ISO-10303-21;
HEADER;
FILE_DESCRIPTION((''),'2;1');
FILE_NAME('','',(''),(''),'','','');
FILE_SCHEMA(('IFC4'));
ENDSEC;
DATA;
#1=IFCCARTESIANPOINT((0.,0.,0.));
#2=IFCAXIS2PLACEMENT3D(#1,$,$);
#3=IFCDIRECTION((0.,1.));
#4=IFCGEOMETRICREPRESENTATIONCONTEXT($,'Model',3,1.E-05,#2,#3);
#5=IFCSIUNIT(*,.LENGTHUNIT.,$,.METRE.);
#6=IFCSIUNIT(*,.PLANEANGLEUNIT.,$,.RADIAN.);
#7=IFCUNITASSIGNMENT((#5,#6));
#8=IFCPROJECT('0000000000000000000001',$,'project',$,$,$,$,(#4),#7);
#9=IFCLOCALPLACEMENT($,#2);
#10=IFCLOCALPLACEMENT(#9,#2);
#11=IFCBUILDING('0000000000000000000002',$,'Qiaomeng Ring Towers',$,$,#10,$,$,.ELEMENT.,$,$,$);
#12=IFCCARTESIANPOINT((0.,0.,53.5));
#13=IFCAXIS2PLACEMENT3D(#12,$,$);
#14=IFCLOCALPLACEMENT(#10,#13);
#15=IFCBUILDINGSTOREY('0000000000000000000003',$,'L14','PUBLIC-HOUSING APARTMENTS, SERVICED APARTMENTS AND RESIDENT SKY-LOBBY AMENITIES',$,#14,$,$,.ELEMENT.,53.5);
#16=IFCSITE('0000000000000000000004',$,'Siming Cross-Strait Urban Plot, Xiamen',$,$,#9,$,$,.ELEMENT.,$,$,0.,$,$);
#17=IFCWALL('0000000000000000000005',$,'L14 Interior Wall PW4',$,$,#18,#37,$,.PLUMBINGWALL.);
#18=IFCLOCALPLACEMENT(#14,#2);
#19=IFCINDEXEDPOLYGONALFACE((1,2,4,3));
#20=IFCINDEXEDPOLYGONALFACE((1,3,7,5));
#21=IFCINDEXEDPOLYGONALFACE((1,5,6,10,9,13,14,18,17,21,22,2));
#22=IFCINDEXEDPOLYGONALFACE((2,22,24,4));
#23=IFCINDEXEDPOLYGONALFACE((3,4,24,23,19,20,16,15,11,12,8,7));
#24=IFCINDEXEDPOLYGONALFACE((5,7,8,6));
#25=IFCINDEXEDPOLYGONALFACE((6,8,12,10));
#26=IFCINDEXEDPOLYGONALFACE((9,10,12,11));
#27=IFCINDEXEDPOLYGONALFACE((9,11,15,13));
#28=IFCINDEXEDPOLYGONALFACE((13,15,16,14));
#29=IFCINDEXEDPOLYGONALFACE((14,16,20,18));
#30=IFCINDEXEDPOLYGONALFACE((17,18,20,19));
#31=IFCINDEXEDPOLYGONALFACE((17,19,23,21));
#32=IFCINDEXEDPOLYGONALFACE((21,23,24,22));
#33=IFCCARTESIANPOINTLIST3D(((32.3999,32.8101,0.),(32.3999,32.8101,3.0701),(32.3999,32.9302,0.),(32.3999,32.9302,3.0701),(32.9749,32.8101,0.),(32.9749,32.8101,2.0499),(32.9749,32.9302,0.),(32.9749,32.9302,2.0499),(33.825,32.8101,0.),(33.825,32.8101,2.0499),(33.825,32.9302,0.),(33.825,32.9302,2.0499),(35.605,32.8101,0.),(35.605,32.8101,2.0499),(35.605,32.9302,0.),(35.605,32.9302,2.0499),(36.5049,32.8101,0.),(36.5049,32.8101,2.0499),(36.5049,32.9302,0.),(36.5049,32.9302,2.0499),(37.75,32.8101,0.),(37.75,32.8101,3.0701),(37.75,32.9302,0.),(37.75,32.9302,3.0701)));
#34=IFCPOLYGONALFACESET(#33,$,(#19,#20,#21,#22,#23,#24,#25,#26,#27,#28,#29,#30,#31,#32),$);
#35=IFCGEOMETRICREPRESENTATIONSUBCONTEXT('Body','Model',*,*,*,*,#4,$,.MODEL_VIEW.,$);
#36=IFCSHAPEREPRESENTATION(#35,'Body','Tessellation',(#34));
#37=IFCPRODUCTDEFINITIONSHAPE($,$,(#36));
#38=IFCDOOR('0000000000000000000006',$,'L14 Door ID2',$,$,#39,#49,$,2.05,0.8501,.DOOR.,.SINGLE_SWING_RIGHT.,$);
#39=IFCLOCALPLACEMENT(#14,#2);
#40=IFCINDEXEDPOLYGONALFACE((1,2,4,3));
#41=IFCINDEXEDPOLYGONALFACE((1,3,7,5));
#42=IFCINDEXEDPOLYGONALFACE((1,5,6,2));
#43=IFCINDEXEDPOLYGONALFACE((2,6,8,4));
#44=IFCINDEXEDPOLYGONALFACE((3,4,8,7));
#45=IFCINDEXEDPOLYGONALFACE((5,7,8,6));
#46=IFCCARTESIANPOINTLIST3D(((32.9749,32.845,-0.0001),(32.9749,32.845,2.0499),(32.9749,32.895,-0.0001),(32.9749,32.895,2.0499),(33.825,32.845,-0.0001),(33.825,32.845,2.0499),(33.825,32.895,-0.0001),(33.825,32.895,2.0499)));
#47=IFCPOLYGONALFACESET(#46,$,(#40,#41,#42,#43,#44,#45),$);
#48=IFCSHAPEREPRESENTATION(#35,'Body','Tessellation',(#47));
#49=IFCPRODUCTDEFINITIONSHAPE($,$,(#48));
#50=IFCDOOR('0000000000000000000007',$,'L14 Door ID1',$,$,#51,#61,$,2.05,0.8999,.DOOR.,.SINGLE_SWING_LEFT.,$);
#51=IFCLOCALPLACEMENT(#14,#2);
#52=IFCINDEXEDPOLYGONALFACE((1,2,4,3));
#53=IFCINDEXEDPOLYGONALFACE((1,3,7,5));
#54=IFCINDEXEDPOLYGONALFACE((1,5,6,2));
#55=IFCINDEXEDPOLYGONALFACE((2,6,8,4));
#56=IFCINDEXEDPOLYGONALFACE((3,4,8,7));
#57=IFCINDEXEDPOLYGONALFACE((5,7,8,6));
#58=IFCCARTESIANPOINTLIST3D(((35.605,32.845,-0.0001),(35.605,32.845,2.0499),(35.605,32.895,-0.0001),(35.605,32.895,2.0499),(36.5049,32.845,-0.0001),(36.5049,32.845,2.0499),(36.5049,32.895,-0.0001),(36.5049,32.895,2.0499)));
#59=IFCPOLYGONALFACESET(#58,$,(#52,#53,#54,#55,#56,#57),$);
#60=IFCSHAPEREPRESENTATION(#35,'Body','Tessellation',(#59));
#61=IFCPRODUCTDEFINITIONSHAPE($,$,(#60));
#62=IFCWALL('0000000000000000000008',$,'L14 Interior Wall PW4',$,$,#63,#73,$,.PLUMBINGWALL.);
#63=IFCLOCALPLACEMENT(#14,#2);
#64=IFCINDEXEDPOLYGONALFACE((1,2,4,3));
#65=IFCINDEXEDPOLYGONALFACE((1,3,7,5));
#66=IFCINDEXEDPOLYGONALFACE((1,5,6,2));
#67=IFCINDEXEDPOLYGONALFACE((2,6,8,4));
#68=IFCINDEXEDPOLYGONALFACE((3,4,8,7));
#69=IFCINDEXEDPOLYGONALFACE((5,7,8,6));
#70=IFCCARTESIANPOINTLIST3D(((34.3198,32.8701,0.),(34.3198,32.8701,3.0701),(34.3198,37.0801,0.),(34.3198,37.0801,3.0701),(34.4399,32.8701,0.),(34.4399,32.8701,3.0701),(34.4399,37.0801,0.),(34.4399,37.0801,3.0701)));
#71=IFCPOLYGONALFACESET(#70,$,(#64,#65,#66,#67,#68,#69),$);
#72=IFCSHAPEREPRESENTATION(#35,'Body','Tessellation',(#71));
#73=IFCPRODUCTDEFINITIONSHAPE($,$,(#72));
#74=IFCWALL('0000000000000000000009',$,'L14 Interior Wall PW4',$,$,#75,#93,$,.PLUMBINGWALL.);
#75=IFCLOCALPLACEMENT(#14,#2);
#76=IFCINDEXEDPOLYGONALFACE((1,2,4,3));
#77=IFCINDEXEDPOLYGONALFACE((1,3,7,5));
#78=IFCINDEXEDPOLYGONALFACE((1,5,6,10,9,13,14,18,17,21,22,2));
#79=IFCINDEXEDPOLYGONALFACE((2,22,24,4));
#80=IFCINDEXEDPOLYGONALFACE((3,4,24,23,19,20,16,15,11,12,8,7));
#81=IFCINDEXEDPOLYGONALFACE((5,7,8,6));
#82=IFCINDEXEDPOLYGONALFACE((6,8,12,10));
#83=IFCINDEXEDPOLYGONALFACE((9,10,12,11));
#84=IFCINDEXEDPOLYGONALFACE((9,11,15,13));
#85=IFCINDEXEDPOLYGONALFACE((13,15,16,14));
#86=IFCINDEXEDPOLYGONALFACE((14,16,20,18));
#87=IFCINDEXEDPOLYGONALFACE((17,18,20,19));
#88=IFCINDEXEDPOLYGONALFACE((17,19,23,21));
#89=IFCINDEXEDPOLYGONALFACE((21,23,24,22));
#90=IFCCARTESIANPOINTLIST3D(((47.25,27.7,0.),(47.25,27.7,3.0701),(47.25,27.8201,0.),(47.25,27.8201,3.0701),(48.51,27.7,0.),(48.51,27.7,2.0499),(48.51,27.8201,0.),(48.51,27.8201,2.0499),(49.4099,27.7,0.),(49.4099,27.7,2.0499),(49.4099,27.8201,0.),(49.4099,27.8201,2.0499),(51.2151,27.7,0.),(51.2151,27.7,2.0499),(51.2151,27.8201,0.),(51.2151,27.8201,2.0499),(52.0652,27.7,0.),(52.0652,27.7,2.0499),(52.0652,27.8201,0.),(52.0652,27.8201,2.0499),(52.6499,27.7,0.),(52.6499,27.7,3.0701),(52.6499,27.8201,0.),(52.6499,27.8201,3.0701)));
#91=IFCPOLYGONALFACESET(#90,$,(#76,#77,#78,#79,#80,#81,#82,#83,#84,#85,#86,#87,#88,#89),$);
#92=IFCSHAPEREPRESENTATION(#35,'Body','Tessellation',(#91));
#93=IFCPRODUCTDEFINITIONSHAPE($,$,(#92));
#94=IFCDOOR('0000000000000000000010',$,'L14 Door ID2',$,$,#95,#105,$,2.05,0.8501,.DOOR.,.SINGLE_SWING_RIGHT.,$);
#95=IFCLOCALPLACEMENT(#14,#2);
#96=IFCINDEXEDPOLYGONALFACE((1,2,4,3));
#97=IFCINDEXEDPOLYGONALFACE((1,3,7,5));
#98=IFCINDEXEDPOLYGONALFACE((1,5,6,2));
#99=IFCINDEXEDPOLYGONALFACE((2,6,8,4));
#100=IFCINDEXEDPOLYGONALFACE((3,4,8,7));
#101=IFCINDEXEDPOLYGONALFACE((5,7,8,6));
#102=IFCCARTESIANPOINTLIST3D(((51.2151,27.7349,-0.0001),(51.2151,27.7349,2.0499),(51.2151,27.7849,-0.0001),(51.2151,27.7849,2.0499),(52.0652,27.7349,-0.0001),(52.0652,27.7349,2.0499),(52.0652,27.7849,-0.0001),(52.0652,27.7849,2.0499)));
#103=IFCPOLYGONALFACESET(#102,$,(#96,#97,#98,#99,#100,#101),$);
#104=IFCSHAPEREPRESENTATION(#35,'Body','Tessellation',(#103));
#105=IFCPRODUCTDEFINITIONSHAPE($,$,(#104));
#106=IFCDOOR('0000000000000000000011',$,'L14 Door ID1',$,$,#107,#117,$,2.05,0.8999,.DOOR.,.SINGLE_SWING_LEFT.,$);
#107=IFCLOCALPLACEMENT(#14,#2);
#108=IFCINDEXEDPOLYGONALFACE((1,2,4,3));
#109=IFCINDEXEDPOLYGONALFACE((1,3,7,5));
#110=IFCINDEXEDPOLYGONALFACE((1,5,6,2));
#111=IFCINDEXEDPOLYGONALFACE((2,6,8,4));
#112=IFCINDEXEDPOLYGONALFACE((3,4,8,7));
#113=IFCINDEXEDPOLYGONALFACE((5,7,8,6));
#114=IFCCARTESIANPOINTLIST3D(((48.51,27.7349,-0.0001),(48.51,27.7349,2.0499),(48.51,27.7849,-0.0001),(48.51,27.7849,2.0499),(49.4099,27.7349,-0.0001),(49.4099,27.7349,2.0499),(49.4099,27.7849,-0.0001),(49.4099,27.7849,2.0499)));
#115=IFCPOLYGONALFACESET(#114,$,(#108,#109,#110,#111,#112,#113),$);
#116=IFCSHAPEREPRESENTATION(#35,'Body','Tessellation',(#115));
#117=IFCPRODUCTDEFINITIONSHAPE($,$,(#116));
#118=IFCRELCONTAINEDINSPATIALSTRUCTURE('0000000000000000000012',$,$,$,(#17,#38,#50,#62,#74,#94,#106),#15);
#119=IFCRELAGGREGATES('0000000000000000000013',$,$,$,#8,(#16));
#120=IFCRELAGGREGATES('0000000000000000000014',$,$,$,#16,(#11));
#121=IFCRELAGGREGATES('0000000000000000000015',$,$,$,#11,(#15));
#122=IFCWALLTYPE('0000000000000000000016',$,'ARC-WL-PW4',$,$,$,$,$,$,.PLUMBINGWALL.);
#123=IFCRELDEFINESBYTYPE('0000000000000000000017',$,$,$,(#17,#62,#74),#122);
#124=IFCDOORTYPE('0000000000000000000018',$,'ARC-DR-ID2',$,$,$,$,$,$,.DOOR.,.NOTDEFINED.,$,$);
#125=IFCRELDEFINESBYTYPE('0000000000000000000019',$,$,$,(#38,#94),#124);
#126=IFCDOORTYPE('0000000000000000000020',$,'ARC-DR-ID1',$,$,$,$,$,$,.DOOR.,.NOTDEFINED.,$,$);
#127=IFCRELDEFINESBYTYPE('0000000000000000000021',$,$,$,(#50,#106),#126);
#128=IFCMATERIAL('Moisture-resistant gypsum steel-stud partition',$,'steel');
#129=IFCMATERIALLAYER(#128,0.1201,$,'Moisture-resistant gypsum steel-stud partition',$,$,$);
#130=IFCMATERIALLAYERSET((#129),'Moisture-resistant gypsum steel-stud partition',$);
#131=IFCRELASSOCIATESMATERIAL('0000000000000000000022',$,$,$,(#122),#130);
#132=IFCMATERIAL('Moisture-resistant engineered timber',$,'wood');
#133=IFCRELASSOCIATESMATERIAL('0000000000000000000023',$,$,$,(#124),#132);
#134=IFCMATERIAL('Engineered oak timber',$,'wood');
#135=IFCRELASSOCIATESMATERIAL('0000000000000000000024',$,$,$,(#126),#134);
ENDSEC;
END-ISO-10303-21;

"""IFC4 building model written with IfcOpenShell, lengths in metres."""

from ifc_helpers import new_model, si_unit, direction, frame, frame_2d, origin, place, context, subcontext, project, spatial, rectangle, extrude, source, transform, mapped, material, layer, layer_set, type_object, element, fill, save


model = new_model("IFC4")

# Units and contexts
model_context = context("Model", 3, precision=1e-05, world=origin(), true_north=direction((0.0, 1.0)))
body_context = subcontext(model_context, "Body", "Model", "MODEL_VIEW")
ifc_project = project(units=[si_unit("LENGTHUNIT", "METRE"), si_unit("PLANEANGLEUNIT", "RADIAN")], contexts=[model_context])

# Site, building, storey
site_placement = place(None, origin())
site = spatial("IfcSite", under=ifc_project, at=site_placement, Name="Siming Cross-Strait Urban Plot, Xiamen", CompositionType="ELEMENT", RefElevation=0.0)
building_placement = place(site_placement, origin())
building = spatial("IfcBuilding", under=site, at=building_placement, Name="Qiaomeng Ring Towers", CompositionType="ELEMENT")
storey_placement = place(building_placement, frame((0.0, 0.0, 53.5)))
storey = spatial("IfcBuildingStorey", under=building, at=storey_placement, Name="L14", Description="PUBLIC-HOUSING APARTMENTS, SERVICED APARTMENTS AND RESIDENT SKY-LOBBY AMENITIES", CompositionType="ELEMENT", Elevation=53.5)

# Shared definitions
ifc_material_1 = material(Name="Moisture-resistant gypsum steel-stud partition", Category="steel")
ifc_layer_1 = layer(ifc_material_1, 0.1201, Name="Moisture-resistant gypsum steel-stud partition")
ifc_layer_set_1 = layer_set([ifc_layer_1], Name="Moisture-resistant gypsum steel-stud partition")
wall_type_1 = type_object("IfcWallType", Name="ARC-WL-PW4", PredefinedType="PLUMBINGWALL", material=ifc_layer_set_1)
ifc_material_2 = material(Name="Moisture-resistant engineered timber", Category="wood")
door_type_1 = type_object("IfcDoorType", Name="ARC-DR-ID2", OperationType="NOTDEFINED", PredefinedType="DOOR", material=ifc_material_2)
shared_shape_1 = source(origin(), body_context, "Body", "SweptSolid", [
    extrude(rectangle(XDim=0.8501, YDim=2.05, at=frame_2d((0.425, 1.0249))), frame((0.0, 0.0249, 0.0), z_axis=(0.0, -1.0, 0.0), x_axis=(1.0, 0.0, 0.0)), (0.0, 0.0, 1.0), 0.05),
])
ifc_material_3 = material(Name="Engineered oak timber", Category="wood")
door_type_2 = type_object("IfcDoorType", Name="ARC-DR-ID1", OperationType="NOTDEFINED", PredefinedType="DOOR", material=ifc_material_3)
shared_shape_2 = source(origin(), body_context, "Body", "SweptSolid", [
    extrude(rectangle(XDim=0.8999, YDim=2.05, at=frame_2d((0.45, 1.0249))), frame((0.0, 0.0249, 0.0), z_axis=(0.0, -1.0, 0.0), x_axis=(1.0, 0.0, 0.0)), (0.0, 0.0, 1.0), 0.05),
])

# Wall, openings, doors
wall_1_placement = place(storey_placement, frame((32.3999, 32.8701, 0.0), z_axis=(0.0, 0.0, 1.0), x_axis=(1.0, 0.0, 0.0)))
wall_1 = element("IfcWall", 1, at=wall_1_placement, inside=storey, type_object=wall_type_1, Name="L14 Interior Wall PW4", PredefinedType="PLUMBINGWALL", context=body_context, shape_type="SweptSolid", body=[
    extrude(rectangle(XDim=5.3501, YDim=0.1201, at=frame_2d((2.675, 0.0))), origin(), (0.0, 0.0, 1.0), 3.0701),
])
opening_1_placement = place(wall_1_placement, frame((0.575, 0.0, 0.0)))
opening_1 = element("IfcOpeningElement", 2, at=opening_1_placement, cuts=wall_1, PredefinedType="OPENING", context=body_context, shape_type="SweptSolid", body=[
    extrude(rectangle(XDim=0.8501, YDim=2.05, at=frame_2d((0.425, 1.0249))), frame((0.0, 0.0701, 0.0), z_axis=(0.0, -1.0, 0.0), x_axis=(1.0, 0.0, 0.0)), (0.0, 0.0, 1.0), 0.1401),
])
opening_2_placement = place(wall_1_placement, frame((3.2051, 0.0, 0.0)))
opening_2 = element("IfcOpeningElement", 3, at=opening_2_placement, cuts=wall_1, PredefinedType="OPENING", context=body_context, shape_type="SweptSolid", body=[
    extrude(rectangle(XDim=0.8999, YDim=2.05, at=frame_2d((0.45, 1.0249))), frame((0.0, 0.0701, 0.0), z_axis=(0.0, -1.0, 0.0), x_axis=(1.0, 0.0, 0.0)), (0.0, 0.0, 1.0), 0.1401),
])
door_1_placement = place(opening_1_placement, origin())
door_1 = element("IfcDoor", 4, at=door_1_placement, inside=storey, type_object=door_type_1, Name="L14 Door ID2", OperationType="SINGLE_SWING_RIGHT", OverallHeight=2.05, OverallWidth=0.8501, PredefinedType="DOOR", context=body_context, shape_type="MappedRepresentation", body=[
    mapped(shared_shape_1, transform((0.0, 0.0, 0.0), x_axis=(1.0, 0.0, 0.0), y_axis=(0.0, 1.0, 0.0), z_axis=(0.0, 0.0, 1.0), scale=1.0)),
])
fill(opening_1, door_1)
door_2_placement = place(opening_2_placement, origin())
door_2 = element("IfcDoor", 5, at=door_2_placement, inside=storey, type_object=door_type_2, Name="L14 Door ID1", OperationType="SINGLE_SWING_LEFT", OverallHeight=2.05, OverallWidth=0.8999, PredefinedType="DOOR", context=body_context, shape_type="MappedRepresentation", body=[
    mapped(shared_shape_2, transform((0.0, 0.0, 0.0), x_axis=(1.0, 0.0, 0.0), y_axis=(0.0, 1.0, 0.0), z_axis=(0.0, 0.0, 1.0), scale=1.0)),
])
fill(opening_2, door_2)

# Wall
wall_2_placement = place(storey_placement, frame((34.3799, 32.8701, 0.0), z_axis=(0.0, 0.0, 1.0), x_axis=(0.0, 1.0, 0.0)))
element("IfcWall", 6, at=wall_2_placement, inside=storey, type_object=wall_type_1, Name="L14 Interior Wall PW4", PredefinedType="PLUMBINGWALL", context=body_context, shape_type="SweptSolid", body=[
    extrude(rectangle(XDim=4.21, YDim=0.1201, at=frame_2d((2.105, 0.0))), origin(), (0.0, 0.0, 1.0), 3.0701),
])

# Wall, openings, doors
wall_3_placement = place(storey_placement, frame((47.25, 27.76, 0.0), z_axis=(0.0, 0.0, 1.0), x_axis=(1.0, 0.0, 0.0)))
wall_3 = element("IfcWall", 7, at=wall_3_placement, inside=storey, type_object=wall_type_1, Name="L14 Interior Wall PW4", PredefinedType="PLUMBINGWALL", context=body_context, shape_type="SweptSolid", body=[
    extrude(rectangle(XDim=5.3999, YDim=0.1201, at=frame_2d((2.7, 0.0))), origin(), (0.0, 0.0, 1.0), 3.0701),
])
opening_3_placement = place(wall_3_placement, frame((1.26, 0.0, 0.0)))
opening_3 = element("IfcOpeningElement", 8, at=opening_3_placement, cuts=wall_3, PredefinedType="OPENING", context=body_context, shape_type="SweptSolid", body=[
    extrude(rectangle(XDim=0.8999, YDim=2.05, at=frame_2d((0.45, 1.0249))), frame((0.0, 0.0701, 0.0), z_axis=(0.0, -1.0, 0.0), x_axis=(1.0, 0.0, 0.0)), (0.0, 0.0, 1.0), 0.1401),
])
opening_4_placement = place(wall_3_placement, frame((3.9651, 0.0, 0.0)))
opening_4 = element("IfcOpeningElement", 9, at=opening_4_placement, cuts=wall_3, PredefinedType="OPENING", context=body_context, shape_type="SweptSolid", body=[
    extrude(rectangle(XDim=0.8501, YDim=2.05, at=frame_2d((0.425, 1.0249))), frame((0.0, 0.0701, 0.0), z_axis=(0.0, -1.0, 0.0), x_axis=(1.0, 0.0, 0.0)), (0.0, 0.0, 1.0), 0.1401),
])
door_3_placement = place(opening_4_placement, origin())
door_3 = element("IfcDoor", 10, at=door_3_placement, inside=storey, type_object=door_type_1, Name="L14 Door ID2", OperationType="SINGLE_SWING_RIGHT", OverallHeight=2.05, OverallWidth=0.8501, PredefinedType="DOOR", context=body_context, shape_type="MappedRepresentation", body=[
    mapped(shared_shape_1, transform((0.0, 0.0, 0.0), x_axis=(1.0, 0.0, 0.0), y_axis=(0.0, 1.0, 0.0), z_axis=(0.0, 0.0, 1.0), scale=1.0)),
])
fill(opening_4, door_3)
door_4_placement = place(opening_3_placement, origin())
door_4 = element("IfcDoor", 11, at=door_4_placement, inside=storey, type_object=door_type_2, Name="L14 Door ID1", OperationType="SINGLE_SWING_LEFT", OverallHeight=2.05, OverallWidth=0.8999, PredefinedType="DOOR", context=body_context, shape_type="MappedRepresentation", body=[
    mapped(shared_shape_2, transform((0.0, 0.0, 0.0), x_axis=(1.0, 0.0, 0.0), y_axis=(0.0, 1.0, 0.0), z_axis=(0.0, 0.0, 1.0), scale=1.0)),
])
fill(opening_3, door_4)

save(model, "model.ifc")
